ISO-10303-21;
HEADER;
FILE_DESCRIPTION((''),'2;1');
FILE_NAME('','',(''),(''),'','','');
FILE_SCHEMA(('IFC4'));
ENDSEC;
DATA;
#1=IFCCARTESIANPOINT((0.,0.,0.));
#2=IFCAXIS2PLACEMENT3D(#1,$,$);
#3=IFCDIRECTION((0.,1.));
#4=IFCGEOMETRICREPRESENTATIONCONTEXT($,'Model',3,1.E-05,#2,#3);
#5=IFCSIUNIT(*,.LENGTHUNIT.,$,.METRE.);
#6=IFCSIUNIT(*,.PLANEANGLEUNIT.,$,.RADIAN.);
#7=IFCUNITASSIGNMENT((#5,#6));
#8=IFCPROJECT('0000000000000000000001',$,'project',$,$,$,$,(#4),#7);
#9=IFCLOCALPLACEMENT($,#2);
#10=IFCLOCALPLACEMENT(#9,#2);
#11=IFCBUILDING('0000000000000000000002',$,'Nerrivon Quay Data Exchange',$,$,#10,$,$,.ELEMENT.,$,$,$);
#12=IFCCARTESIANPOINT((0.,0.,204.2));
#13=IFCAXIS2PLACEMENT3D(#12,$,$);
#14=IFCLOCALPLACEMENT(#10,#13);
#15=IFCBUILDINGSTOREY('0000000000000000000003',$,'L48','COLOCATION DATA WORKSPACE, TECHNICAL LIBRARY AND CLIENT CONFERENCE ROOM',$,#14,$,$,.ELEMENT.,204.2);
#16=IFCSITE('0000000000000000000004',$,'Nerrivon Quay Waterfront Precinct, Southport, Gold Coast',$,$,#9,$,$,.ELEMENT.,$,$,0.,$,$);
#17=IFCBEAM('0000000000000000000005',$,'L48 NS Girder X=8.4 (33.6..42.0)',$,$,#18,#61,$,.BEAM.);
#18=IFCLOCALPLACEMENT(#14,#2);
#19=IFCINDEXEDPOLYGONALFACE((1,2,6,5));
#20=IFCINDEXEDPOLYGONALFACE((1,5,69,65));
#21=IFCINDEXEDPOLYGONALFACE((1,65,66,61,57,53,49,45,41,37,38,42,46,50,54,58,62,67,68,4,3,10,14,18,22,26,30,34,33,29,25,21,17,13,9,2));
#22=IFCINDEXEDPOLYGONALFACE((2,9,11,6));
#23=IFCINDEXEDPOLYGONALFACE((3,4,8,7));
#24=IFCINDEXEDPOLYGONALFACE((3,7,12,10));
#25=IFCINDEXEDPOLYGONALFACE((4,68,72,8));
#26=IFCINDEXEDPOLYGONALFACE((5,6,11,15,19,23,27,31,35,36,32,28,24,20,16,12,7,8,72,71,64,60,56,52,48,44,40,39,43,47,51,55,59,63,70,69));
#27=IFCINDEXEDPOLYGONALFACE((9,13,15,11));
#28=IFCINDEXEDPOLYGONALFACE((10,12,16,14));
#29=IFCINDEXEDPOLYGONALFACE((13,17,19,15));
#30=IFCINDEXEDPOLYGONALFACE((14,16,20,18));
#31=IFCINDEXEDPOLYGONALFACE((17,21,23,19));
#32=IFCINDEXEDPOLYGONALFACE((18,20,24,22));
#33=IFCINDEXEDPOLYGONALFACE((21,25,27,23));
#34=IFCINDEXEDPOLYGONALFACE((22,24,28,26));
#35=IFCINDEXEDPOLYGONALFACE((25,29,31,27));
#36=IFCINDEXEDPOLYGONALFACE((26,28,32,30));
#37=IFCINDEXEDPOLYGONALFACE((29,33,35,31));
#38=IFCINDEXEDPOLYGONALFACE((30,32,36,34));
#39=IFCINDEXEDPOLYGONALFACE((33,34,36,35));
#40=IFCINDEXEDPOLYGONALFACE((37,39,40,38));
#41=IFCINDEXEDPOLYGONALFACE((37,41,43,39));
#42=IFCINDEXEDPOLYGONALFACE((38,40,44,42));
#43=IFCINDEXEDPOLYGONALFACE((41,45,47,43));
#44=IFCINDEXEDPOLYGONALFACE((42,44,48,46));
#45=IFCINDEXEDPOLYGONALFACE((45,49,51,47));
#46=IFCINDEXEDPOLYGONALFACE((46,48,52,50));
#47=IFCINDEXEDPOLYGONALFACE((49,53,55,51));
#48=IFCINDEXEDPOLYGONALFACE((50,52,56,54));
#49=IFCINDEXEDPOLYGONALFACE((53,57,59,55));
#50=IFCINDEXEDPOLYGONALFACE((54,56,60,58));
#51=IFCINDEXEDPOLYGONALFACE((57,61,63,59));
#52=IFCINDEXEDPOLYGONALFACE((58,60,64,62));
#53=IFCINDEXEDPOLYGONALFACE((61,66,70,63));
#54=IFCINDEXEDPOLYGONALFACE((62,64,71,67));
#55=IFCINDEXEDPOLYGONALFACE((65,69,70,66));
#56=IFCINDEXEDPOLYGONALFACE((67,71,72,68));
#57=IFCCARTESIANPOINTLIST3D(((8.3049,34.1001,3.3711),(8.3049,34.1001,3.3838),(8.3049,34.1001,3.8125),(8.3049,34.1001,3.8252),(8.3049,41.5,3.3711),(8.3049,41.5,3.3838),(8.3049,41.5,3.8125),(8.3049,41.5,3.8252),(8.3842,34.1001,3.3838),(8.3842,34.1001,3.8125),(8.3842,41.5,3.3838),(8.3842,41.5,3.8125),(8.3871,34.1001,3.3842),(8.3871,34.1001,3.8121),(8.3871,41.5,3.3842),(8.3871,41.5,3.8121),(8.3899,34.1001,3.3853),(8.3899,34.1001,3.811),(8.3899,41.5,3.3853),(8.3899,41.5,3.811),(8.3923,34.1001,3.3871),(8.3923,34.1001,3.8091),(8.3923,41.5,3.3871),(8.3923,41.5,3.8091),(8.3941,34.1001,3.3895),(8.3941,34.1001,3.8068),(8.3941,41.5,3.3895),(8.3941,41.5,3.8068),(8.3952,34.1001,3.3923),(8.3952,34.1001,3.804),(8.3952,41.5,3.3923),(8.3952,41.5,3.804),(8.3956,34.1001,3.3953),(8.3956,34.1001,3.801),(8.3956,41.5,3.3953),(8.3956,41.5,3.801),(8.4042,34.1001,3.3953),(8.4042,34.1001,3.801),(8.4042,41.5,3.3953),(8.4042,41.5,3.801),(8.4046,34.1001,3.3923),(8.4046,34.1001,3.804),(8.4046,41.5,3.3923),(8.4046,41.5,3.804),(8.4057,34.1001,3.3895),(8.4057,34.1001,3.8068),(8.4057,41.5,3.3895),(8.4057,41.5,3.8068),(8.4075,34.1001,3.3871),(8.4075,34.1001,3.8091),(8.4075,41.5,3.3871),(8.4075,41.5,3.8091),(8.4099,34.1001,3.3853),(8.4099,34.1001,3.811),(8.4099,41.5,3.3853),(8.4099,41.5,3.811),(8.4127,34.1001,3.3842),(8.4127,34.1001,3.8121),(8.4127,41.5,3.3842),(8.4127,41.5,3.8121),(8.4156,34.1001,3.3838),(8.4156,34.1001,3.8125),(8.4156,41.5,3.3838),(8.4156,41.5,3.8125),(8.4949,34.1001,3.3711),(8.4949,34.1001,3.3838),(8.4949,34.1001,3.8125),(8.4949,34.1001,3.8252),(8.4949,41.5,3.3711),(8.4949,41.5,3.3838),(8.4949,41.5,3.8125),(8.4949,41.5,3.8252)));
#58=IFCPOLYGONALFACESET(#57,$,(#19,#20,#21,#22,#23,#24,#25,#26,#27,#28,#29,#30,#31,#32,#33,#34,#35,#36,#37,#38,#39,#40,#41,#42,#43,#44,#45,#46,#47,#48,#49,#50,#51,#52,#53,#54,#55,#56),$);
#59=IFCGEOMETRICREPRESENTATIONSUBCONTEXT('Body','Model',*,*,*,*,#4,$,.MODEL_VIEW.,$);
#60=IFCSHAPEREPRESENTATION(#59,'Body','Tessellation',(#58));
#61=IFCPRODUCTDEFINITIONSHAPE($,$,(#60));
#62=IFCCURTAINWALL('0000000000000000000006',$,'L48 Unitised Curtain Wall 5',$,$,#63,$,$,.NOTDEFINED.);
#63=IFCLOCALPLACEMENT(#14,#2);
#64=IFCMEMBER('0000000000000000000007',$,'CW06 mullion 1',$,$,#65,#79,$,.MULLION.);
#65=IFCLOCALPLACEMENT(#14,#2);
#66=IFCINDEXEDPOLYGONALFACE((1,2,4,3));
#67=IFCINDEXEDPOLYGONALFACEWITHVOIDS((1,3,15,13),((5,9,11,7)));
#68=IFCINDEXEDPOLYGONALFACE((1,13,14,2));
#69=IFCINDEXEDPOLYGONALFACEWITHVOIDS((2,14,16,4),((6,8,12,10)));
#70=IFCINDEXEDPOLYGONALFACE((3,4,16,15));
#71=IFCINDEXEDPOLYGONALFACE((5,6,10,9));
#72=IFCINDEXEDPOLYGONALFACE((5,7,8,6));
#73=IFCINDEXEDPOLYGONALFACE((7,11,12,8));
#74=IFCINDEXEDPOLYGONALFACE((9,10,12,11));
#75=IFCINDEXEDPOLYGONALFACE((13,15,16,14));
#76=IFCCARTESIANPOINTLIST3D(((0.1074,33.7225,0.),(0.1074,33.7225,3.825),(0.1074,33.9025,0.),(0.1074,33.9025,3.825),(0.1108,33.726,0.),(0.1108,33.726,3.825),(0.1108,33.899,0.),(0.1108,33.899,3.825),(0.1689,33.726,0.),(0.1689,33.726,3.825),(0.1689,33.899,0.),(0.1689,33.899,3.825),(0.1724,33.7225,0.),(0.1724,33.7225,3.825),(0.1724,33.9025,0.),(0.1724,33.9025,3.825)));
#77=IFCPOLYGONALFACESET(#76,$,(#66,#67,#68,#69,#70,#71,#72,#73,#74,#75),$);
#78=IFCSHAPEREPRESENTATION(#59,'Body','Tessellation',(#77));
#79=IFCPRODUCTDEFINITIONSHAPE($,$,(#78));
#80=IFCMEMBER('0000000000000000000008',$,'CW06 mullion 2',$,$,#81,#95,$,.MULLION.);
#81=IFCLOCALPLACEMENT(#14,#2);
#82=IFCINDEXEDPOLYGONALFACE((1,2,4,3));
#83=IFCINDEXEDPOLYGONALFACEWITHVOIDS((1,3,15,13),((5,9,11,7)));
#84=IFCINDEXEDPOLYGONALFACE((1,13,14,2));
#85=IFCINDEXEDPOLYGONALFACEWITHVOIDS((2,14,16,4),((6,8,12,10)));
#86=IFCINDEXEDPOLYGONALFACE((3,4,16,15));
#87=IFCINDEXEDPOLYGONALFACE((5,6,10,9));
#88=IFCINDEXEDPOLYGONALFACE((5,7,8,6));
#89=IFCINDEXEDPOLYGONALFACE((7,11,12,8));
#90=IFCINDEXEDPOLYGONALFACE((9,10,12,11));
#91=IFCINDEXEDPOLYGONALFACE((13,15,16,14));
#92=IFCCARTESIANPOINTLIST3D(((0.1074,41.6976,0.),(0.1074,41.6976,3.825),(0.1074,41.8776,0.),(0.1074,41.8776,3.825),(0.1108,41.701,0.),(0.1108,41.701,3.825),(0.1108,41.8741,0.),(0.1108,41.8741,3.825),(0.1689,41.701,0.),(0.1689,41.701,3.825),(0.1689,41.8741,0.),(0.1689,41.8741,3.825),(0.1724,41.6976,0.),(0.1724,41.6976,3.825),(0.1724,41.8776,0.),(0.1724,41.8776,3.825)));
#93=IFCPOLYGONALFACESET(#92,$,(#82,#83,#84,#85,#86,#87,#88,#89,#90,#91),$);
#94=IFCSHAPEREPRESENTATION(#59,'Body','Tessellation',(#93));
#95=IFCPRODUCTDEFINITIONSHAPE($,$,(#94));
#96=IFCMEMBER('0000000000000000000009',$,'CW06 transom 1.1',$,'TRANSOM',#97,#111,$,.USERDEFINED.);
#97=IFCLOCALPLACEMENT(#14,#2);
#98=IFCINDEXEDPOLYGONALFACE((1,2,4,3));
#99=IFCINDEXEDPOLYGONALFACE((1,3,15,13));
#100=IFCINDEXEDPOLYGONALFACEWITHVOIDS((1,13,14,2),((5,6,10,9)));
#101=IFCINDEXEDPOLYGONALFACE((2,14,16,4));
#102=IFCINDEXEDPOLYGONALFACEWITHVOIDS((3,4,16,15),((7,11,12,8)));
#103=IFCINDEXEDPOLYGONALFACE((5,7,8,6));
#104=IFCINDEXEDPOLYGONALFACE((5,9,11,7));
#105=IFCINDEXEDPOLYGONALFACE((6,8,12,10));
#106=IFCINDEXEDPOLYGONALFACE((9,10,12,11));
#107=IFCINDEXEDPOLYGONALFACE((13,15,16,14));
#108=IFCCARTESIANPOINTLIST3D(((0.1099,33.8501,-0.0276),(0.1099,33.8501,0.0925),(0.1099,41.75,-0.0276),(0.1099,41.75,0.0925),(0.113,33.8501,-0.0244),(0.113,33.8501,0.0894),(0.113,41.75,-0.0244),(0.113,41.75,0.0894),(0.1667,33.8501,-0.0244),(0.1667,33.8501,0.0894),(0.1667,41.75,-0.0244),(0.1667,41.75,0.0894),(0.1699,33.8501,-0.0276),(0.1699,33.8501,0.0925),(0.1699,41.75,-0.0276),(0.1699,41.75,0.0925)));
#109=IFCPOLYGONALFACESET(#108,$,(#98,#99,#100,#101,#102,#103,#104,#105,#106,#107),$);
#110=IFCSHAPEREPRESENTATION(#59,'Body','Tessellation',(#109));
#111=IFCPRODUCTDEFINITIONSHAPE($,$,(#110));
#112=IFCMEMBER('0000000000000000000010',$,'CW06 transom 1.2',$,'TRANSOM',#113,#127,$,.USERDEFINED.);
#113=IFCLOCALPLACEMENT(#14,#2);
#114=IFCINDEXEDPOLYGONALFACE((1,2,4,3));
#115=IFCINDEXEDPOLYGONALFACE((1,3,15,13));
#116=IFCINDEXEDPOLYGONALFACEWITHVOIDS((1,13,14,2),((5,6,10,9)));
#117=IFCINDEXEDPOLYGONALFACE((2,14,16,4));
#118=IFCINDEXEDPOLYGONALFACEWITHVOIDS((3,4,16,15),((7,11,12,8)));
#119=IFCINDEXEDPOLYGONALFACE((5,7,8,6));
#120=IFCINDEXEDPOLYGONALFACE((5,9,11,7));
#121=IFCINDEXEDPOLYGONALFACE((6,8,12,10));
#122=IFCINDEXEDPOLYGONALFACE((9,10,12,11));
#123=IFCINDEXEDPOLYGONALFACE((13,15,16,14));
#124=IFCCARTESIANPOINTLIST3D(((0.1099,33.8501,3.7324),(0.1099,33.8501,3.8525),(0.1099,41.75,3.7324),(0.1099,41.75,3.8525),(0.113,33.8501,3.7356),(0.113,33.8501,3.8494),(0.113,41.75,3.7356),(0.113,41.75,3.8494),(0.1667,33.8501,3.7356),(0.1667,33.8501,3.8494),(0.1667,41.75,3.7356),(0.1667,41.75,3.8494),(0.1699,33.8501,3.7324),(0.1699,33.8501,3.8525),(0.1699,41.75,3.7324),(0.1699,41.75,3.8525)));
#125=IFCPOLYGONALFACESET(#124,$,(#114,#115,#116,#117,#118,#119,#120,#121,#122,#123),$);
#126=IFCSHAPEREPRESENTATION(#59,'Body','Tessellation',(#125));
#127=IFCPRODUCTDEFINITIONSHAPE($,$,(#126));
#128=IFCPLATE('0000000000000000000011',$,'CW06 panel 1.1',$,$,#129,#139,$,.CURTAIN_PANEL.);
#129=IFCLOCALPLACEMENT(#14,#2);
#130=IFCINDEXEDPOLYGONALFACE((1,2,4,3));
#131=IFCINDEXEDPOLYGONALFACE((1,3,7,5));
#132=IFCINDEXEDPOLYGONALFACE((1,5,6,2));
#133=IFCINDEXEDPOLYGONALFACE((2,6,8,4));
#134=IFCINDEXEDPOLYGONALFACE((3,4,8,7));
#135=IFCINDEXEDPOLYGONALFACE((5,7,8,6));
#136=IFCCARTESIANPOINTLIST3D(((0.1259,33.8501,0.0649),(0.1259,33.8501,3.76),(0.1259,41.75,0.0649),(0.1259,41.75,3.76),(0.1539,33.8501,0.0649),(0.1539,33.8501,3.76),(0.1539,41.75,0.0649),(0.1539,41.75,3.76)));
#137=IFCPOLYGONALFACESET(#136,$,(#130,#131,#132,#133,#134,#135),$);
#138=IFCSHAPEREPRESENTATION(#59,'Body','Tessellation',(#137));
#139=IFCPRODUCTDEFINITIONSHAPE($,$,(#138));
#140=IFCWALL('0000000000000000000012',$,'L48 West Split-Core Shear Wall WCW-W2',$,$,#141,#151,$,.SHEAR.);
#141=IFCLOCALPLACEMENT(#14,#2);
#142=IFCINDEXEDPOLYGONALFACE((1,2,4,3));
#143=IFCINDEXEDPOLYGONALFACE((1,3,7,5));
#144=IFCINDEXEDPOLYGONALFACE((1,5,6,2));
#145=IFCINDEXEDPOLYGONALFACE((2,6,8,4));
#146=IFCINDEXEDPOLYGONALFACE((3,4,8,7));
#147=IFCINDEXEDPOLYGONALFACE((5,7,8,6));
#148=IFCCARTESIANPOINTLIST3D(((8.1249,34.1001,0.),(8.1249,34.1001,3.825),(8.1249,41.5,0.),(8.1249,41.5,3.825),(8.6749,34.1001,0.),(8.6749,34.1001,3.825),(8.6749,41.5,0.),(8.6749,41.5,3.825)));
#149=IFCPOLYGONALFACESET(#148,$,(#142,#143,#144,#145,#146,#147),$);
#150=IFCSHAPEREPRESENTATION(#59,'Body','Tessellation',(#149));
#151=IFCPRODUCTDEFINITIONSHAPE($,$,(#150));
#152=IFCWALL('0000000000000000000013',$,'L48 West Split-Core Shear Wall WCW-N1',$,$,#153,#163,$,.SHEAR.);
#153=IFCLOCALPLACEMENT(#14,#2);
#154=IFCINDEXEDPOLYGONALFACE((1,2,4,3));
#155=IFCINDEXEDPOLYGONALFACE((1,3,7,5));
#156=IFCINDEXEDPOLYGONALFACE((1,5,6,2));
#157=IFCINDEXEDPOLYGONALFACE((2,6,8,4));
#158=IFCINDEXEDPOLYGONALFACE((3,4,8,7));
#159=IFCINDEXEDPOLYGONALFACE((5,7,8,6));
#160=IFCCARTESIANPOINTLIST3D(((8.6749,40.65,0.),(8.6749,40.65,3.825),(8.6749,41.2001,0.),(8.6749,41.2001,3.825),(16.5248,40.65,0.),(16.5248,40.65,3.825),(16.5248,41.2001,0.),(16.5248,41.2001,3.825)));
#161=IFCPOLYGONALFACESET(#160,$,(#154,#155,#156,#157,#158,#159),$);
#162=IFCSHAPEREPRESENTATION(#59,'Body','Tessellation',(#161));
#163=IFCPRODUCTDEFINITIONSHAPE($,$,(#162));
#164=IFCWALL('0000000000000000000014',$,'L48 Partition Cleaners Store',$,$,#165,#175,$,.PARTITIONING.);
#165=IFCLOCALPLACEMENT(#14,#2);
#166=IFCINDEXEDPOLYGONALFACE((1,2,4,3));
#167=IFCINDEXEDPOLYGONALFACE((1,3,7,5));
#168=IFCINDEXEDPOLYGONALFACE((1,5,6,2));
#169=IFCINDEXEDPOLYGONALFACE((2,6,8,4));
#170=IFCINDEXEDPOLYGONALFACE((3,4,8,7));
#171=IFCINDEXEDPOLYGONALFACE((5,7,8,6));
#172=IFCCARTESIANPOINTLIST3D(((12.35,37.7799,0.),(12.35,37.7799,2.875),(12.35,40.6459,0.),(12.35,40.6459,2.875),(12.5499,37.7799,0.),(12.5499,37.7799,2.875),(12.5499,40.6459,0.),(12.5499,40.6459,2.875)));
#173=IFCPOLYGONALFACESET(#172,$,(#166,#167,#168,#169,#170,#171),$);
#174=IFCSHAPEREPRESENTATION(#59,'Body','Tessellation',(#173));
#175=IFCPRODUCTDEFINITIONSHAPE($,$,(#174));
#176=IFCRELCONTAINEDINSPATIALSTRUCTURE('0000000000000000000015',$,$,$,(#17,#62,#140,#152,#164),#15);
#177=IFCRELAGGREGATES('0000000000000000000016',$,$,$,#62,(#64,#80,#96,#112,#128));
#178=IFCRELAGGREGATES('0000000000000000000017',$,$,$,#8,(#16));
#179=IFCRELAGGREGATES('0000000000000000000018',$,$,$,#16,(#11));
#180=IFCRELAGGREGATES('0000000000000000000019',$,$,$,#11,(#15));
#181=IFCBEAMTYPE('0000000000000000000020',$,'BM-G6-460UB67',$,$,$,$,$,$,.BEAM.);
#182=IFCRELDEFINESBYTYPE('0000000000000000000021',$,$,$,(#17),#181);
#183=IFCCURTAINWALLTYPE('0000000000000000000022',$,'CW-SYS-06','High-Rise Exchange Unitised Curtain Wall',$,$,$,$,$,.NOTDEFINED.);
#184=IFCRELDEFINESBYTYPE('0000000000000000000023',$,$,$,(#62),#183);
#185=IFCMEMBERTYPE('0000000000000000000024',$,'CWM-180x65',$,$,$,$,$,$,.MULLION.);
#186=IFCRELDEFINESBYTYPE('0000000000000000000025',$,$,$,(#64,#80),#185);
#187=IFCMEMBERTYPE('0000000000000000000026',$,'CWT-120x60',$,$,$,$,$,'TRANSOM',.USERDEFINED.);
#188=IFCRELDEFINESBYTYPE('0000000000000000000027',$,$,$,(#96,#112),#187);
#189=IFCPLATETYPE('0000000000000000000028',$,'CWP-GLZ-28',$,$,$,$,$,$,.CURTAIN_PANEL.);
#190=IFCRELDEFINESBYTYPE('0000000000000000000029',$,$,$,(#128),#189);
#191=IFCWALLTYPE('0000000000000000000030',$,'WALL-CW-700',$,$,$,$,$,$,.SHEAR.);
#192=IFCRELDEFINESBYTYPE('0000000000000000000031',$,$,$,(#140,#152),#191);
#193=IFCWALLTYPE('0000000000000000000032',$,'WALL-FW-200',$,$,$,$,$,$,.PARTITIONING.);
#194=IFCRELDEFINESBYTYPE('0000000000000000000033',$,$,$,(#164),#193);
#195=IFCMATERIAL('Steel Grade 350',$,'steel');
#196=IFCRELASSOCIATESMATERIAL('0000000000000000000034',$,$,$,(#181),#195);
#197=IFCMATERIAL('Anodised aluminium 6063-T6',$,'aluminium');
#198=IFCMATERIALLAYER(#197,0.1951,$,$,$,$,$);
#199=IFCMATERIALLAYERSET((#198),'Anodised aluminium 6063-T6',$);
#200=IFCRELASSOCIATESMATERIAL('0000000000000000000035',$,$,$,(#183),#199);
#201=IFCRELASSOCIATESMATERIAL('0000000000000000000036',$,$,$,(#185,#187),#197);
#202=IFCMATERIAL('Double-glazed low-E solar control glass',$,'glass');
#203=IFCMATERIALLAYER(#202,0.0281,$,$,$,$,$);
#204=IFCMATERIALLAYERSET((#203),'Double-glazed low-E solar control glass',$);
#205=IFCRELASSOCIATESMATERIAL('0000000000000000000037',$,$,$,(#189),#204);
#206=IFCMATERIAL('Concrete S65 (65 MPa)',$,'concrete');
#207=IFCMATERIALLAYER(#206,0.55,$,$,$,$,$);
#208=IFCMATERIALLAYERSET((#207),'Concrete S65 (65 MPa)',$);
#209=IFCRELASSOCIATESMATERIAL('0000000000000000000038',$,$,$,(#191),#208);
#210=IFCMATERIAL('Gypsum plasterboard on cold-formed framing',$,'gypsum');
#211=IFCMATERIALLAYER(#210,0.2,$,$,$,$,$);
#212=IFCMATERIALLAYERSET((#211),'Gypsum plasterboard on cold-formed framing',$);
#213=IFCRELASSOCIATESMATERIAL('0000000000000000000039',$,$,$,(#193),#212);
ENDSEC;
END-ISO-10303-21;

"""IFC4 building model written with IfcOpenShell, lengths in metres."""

from ifc_helpers import new_model, si_unit, direction, frame, frame_2d, origin, origin_2d, place, context, subcontext, project, spatial, rectangle, hollow_rectangle, i_section, extrude, material, layer, layer_set, material_profile, profile_set, type_object, element, aggregate, save


model = new_model("IFC4")

# Units and contexts
model_context = context("Model", 3, precision=1e-05, world=origin(), true_north=direction((0.0, 1.0)))
body_context = subcontext(model_context, "Body", "Model", "MODEL_VIEW")
ifc_project = project(units=[si_unit("LENGTHUNIT", "METRE"), si_unit("PLANEANGLEUNIT", "RADIAN")], contexts=[model_context])

# Site, building, storey
site_placement = place(None, origin())
site = spatial("IfcSite", under=ifc_project, at=site_placement, Name="Nerrivon Quay Waterfront Precinct, Southport, Gold Coast", CompositionType="ELEMENT", RefElevation=0.0)
building_placement = place(site_placement, origin())
building = spatial("IfcBuilding", under=site, at=building_placement, Name="Nerrivon Quay Data Exchange", CompositionType="ELEMENT")
storey_placement = place(building_placement, frame((0.0, 0.0, 204.2)))
storey = spatial("IfcBuildingStorey", under=building, at=storey_placement, Name="L48", Description="COLOCATION DATA WORKSPACE, TECHNICAL LIBRARY AND CLIENT CONFERENCE ROOM", CompositionType="ELEMENT", Elevation=204.2)

# Shared definitions
ifc_material_1 = material(Name="Concrete S65 (65 MPa)", Category="concrete")
ifc_material_2 = material(Name="Steel Grade 350", Category="steel")

# Beam
ifc_material_profile_1 = material_profile(ifc_material_2, i_section(OverallWidth=0.1899, OverallDepth=0.4541, WebThickness=0.0085, FlangeThickness=0.0127, FilletRadius=0.0115, at=origin_2d()), Name="460UB67.1")
ifc_profile_set_1 = profile_set([ifc_material_profile_1], Name="Steel Grade 350")
beam_type_1 = type_object("IfcBeamType", Name="BM-G6-460UB67", PredefinedType="BEAM", material=ifc_profile_set_1)
beam_1_placement = place(storey_placement, frame((8.3999, 34.1001, 3.5981), z_axis=(0.0, 1.0, 0.0), x_axis=(-1.0, 0.0, 0.0)))
element("IfcBeam", 1, at=beam_1_placement, inside=storey, type_object=beam_type_1, Name="L48 NS Girder X=8.4 (33.6..42.0)", PredefinedType="BEAM", context=body_context, shape_type="SweptSolid", body=[
    extrude(i_section(OverallWidth=0.1899, OverallDepth=0.4541, WebThickness=0.0085, FlangeThickness=0.0127, FilletRadius=0.0115, at=origin_2d()), origin(), (0.0, 0.0, 1.0), 7.3999),
])

# Curtain wall, members, plate
ifc_material_3 = material(Name="Anodised aluminium 6063-T6", Category="aluminium")
ifc_layer_1 = layer(ifc_material_3, 0.1951)
ifc_layer_set_1 = layer_set([ifc_layer_1], Name="Anodised aluminium 6063-T6")
curtain_wall_type = type_object("IfcCurtainWallType", Name="CW-SYS-06", Description="High-Rise Exchange Unitised Curtain Wall", PredefinedType="NOTDEFINED", material=ifc_layer_set_1)
curtain_wall_placement = place(storey_placement, origin())
curtain_wall = element("IfcCurtainWall", 2, at=curtain_wall_placement, inside=storey, type_object=curtain_wall_type, Name="L48 Unitised Curtain Wall 5", PredefinedType="NOTDEFINED")
ifc_material_profile_2 = material_profile(ifc_material_3, hollow_rectangle(XDim=0.0649, YDim=0.1799, WallThickness=0.0034, at=origin_2d()), Name="ALU-MULL-180x65")
ifc_profile_set_2 = profile_set([ifc_material_profile_2], Name="Anodised aluminium 6063-T6")
member_type_1 = type_object("IfcMemberType", Name="CWM-180x65", PredefinedType="MULLION", material=ifc_profile_set_2)
member_1_placement = place(storey_placement, frame((0.1399, 33.8125, 0.0), z_axis=(0.0, 0.0, 1.0), x_axis=(-1.0, 0.0, 0.0)))
member_1 = element("IfcMember", 3, at=member_1_placement, type_object=member_type_1, Name="CW06 mullion 1", PredefinedType="MULLION", context=body_context, shape_type="SweptSolid", body=[
    extrude(hollow_rectangle(XDim=0.0649, YDim=0.1799, WallThickness=0.0034, at=origin_2d()), origin(), (0.0, 0.0, 1.0), 3.825),
])
member_2_placement = place(storey_placement, frame((0.1399, 41.7876, 0.0), z_axis=(0.0, 0.0, 1.0), x_axis=(-1.0, 0.0, 0.0)))
member_2 = element("IfcMember", 4, at=member_2_placement, type_object=member_type_1, Name="CW06 mullion 2", PredefinedType="MULLION", context=body_context, shape_type="SweptSolid", body=[
    extrude(hollow_rectangle(XDim=0.0649, YDim=0.1799, WallThickness=0.0034, at=origin_2d()), origin(), (0.0, 0.0, 1.0), 3.825),
])
ifc_material_profile_3 = material_profile(ifc_material_3, hollow_rectangle(XDim=0.0601, YDim=0.1201, WallThickness=0.0032, at=origin_2d()), Name="ALU-TRAN-120x60")
ifc_profile_set_3 = profile_set([ifc_material_profile_3], Name="Anodised aluminium 6063-T6")
member_type_2 = type_object("IfcMemberType", Name="CWT-120x60", ElementType="TRANSOM", PredefinedType="USERDEFINED", material=ifc_profile_set_3)
member_3_placement = place(storey_placement, frame((0.1399, 33.8501, 0.0325), z_axis=(0.0, 1.0, 0.0), x_axis=(-1.0, 0.0, 0.0)))
member_3 = element("IfcMember", 5, at=member_3_placement, type_object=member_type_2, Name="CW06 transom 1.1", ObjectType="TRANSOM", PredefinedType="USERDEFINED", context=body_context, shape_type="SweptSolid", body=[
    extrude(hollow_rectangle(XDim=0.0601, YDim=0.1201, WallThickness=0.0032, at=origin_2d()), origin(), (0.0, 0.0, 1.0), 7.8999),
])
member_4_placement = place(storey_placement, frame((0.1399, 33.8501, 3.7925), z_axis=(0.0, 1.0, 0.0), x_axis=(-1.0, 0.0, 0.0)))
member_4 = element("IfcMember", 6, at=member_4_placement, type_object=member_type_2, Name="CW06 transom 1.2", ObjectType="TRANSOM", PredefinedType="USERDEFINED", context=body_context, shape_type="SweptSolid", body=[
    extrude(hollow_rectangle(XDim=0.0601, YDim=0.1201, WallThickness=0.0032, at=origin_2d()), origin(), (0.0, 0.0, 1.0), 7.8999),
])
ifc_material_4 = material(Name="Double-glazed low-E solar control glass", Category="glass")
ifc_layer_2 = layer(ifc_material_4, 0.0281)
ifc_layer_set_2 = layer_set([ifc_layer_2], Name="Double-glazed low-E solar control glass")
plate_type = type_object("IfcPlateType", Name="CWP-GLZ-28", PredefinedType="CURTAIN_PANEL", material=ifc_layer_set_2)
plate_placement = place(storey_placement, frame((0.1399, 37.8, 0.0649), z_axis=(0.0, 0.0, 1.0), x_axis=(0.0, 1.0, 0.0)))
plate = element("IfcPlate", 7, at=plate_placement, type_object=plate_type, Name="CW06 panel 1.1", PredefinedType="CURTAIN_PANEL", context=body_context, shape_type="SweptSolid", body=[
    extrude(rectangle(XDim=7.8999, YDim=0.0281, at=origin_2d()), origin(), (0.0, 0.0, 1.0), 3.6951),
])
aggregate(curtain_wall, [member_1, member_2, member_3, member_4, plate])

# Walls
ifc_layer_3 = layer(ifc_material_1, 0.55)
ifc_layer_set_3 = layer_set([ifc_layer_3], Name="Concrete S65 (65 MPa)")
wall_type_1 = type_object("IfcWallType", Name="WALL-CW-700", PredefinedType="SHEAR", material=ifc_layer_set_3)
wall_1_placement = place(storey_placement, frame((8.3999, 34.1001, 0.0), z_axis=(0.0, 0.0, 1.0), x_axis=(0.0, 1.0, 0.0)))
element("IfcWall", 8, at=wall_1_placement, inside=storey, type_object=wall_type_1, Name="L48 West Split-Core Shear Wall WCW-W2", PredefinedType="SHEAR", context=body_context, shape_type="SweptSolid", body=[
    extrude(rectangle(XDim=7.3999, YDim=0.55, at=frame_2d((3.7, 0.0))), origin(), (0.0, 0.0, 1.0), 3.825),
])
wall_2_placement = place(storey_placement, frame((8.675, 40.925, 0.0), z_axis=(0.0, 0.0, 1.0), x_axis=(1.0, 0.0, 0.0)))
element("IfcWall", 9, at=wall_2_placement, inside=storey, type_object=wall_type_1, Name="L48 West Split-Core Shear Wall WCW-N1", PredefinedType="SHEAR", context=body_context, shape_type="SweptSolid", body=[
    extrude(rectangle(XDim=7.8499, YDim=0.55, at=frame_2d((3.9248, 0.0))), origin(), (0.0, 0.0, 1.0), 3.825),
])
ifc_material_5 = material(Name="Gypsum plasterboard on cold-formed framing", Category="gypsum")
ifc_layer_4 = layer(ifc_material_5, 0.2)
ifc_layer_set_4 = layer_set([ifc_layer_4], Name="Gypsum plasterboard on cold-formed framing")
wall_type_2 = type_object("IfcWallType", Name="WALL-FW-200", PredefinedType="PARTITIONING", material=ifc_layer_set_4)
wall_3_placement = place(storey_placement, frame((12.45, 40.646, 0.0), z_axis=(0.0, 0.0, 1.0), x_axis=(0.0, -1.0, 0.0)))
element("IfcWall", 10, at=wall_3_placement, inside=storey, type_object=wall_type_2, Name="L48 Partition Cleaners Store", PredefinedType="PARTITIONING", context=body_context, shape_type="SweptSolid", body=[
    extrude(rectangle(XDim=2.866, YDim=0.2, at=frame_2d((1.4331, 0.0))), origin(), (0.0, 0.0, 1.0), 2.875),
])

save(model, "model.ifc")
